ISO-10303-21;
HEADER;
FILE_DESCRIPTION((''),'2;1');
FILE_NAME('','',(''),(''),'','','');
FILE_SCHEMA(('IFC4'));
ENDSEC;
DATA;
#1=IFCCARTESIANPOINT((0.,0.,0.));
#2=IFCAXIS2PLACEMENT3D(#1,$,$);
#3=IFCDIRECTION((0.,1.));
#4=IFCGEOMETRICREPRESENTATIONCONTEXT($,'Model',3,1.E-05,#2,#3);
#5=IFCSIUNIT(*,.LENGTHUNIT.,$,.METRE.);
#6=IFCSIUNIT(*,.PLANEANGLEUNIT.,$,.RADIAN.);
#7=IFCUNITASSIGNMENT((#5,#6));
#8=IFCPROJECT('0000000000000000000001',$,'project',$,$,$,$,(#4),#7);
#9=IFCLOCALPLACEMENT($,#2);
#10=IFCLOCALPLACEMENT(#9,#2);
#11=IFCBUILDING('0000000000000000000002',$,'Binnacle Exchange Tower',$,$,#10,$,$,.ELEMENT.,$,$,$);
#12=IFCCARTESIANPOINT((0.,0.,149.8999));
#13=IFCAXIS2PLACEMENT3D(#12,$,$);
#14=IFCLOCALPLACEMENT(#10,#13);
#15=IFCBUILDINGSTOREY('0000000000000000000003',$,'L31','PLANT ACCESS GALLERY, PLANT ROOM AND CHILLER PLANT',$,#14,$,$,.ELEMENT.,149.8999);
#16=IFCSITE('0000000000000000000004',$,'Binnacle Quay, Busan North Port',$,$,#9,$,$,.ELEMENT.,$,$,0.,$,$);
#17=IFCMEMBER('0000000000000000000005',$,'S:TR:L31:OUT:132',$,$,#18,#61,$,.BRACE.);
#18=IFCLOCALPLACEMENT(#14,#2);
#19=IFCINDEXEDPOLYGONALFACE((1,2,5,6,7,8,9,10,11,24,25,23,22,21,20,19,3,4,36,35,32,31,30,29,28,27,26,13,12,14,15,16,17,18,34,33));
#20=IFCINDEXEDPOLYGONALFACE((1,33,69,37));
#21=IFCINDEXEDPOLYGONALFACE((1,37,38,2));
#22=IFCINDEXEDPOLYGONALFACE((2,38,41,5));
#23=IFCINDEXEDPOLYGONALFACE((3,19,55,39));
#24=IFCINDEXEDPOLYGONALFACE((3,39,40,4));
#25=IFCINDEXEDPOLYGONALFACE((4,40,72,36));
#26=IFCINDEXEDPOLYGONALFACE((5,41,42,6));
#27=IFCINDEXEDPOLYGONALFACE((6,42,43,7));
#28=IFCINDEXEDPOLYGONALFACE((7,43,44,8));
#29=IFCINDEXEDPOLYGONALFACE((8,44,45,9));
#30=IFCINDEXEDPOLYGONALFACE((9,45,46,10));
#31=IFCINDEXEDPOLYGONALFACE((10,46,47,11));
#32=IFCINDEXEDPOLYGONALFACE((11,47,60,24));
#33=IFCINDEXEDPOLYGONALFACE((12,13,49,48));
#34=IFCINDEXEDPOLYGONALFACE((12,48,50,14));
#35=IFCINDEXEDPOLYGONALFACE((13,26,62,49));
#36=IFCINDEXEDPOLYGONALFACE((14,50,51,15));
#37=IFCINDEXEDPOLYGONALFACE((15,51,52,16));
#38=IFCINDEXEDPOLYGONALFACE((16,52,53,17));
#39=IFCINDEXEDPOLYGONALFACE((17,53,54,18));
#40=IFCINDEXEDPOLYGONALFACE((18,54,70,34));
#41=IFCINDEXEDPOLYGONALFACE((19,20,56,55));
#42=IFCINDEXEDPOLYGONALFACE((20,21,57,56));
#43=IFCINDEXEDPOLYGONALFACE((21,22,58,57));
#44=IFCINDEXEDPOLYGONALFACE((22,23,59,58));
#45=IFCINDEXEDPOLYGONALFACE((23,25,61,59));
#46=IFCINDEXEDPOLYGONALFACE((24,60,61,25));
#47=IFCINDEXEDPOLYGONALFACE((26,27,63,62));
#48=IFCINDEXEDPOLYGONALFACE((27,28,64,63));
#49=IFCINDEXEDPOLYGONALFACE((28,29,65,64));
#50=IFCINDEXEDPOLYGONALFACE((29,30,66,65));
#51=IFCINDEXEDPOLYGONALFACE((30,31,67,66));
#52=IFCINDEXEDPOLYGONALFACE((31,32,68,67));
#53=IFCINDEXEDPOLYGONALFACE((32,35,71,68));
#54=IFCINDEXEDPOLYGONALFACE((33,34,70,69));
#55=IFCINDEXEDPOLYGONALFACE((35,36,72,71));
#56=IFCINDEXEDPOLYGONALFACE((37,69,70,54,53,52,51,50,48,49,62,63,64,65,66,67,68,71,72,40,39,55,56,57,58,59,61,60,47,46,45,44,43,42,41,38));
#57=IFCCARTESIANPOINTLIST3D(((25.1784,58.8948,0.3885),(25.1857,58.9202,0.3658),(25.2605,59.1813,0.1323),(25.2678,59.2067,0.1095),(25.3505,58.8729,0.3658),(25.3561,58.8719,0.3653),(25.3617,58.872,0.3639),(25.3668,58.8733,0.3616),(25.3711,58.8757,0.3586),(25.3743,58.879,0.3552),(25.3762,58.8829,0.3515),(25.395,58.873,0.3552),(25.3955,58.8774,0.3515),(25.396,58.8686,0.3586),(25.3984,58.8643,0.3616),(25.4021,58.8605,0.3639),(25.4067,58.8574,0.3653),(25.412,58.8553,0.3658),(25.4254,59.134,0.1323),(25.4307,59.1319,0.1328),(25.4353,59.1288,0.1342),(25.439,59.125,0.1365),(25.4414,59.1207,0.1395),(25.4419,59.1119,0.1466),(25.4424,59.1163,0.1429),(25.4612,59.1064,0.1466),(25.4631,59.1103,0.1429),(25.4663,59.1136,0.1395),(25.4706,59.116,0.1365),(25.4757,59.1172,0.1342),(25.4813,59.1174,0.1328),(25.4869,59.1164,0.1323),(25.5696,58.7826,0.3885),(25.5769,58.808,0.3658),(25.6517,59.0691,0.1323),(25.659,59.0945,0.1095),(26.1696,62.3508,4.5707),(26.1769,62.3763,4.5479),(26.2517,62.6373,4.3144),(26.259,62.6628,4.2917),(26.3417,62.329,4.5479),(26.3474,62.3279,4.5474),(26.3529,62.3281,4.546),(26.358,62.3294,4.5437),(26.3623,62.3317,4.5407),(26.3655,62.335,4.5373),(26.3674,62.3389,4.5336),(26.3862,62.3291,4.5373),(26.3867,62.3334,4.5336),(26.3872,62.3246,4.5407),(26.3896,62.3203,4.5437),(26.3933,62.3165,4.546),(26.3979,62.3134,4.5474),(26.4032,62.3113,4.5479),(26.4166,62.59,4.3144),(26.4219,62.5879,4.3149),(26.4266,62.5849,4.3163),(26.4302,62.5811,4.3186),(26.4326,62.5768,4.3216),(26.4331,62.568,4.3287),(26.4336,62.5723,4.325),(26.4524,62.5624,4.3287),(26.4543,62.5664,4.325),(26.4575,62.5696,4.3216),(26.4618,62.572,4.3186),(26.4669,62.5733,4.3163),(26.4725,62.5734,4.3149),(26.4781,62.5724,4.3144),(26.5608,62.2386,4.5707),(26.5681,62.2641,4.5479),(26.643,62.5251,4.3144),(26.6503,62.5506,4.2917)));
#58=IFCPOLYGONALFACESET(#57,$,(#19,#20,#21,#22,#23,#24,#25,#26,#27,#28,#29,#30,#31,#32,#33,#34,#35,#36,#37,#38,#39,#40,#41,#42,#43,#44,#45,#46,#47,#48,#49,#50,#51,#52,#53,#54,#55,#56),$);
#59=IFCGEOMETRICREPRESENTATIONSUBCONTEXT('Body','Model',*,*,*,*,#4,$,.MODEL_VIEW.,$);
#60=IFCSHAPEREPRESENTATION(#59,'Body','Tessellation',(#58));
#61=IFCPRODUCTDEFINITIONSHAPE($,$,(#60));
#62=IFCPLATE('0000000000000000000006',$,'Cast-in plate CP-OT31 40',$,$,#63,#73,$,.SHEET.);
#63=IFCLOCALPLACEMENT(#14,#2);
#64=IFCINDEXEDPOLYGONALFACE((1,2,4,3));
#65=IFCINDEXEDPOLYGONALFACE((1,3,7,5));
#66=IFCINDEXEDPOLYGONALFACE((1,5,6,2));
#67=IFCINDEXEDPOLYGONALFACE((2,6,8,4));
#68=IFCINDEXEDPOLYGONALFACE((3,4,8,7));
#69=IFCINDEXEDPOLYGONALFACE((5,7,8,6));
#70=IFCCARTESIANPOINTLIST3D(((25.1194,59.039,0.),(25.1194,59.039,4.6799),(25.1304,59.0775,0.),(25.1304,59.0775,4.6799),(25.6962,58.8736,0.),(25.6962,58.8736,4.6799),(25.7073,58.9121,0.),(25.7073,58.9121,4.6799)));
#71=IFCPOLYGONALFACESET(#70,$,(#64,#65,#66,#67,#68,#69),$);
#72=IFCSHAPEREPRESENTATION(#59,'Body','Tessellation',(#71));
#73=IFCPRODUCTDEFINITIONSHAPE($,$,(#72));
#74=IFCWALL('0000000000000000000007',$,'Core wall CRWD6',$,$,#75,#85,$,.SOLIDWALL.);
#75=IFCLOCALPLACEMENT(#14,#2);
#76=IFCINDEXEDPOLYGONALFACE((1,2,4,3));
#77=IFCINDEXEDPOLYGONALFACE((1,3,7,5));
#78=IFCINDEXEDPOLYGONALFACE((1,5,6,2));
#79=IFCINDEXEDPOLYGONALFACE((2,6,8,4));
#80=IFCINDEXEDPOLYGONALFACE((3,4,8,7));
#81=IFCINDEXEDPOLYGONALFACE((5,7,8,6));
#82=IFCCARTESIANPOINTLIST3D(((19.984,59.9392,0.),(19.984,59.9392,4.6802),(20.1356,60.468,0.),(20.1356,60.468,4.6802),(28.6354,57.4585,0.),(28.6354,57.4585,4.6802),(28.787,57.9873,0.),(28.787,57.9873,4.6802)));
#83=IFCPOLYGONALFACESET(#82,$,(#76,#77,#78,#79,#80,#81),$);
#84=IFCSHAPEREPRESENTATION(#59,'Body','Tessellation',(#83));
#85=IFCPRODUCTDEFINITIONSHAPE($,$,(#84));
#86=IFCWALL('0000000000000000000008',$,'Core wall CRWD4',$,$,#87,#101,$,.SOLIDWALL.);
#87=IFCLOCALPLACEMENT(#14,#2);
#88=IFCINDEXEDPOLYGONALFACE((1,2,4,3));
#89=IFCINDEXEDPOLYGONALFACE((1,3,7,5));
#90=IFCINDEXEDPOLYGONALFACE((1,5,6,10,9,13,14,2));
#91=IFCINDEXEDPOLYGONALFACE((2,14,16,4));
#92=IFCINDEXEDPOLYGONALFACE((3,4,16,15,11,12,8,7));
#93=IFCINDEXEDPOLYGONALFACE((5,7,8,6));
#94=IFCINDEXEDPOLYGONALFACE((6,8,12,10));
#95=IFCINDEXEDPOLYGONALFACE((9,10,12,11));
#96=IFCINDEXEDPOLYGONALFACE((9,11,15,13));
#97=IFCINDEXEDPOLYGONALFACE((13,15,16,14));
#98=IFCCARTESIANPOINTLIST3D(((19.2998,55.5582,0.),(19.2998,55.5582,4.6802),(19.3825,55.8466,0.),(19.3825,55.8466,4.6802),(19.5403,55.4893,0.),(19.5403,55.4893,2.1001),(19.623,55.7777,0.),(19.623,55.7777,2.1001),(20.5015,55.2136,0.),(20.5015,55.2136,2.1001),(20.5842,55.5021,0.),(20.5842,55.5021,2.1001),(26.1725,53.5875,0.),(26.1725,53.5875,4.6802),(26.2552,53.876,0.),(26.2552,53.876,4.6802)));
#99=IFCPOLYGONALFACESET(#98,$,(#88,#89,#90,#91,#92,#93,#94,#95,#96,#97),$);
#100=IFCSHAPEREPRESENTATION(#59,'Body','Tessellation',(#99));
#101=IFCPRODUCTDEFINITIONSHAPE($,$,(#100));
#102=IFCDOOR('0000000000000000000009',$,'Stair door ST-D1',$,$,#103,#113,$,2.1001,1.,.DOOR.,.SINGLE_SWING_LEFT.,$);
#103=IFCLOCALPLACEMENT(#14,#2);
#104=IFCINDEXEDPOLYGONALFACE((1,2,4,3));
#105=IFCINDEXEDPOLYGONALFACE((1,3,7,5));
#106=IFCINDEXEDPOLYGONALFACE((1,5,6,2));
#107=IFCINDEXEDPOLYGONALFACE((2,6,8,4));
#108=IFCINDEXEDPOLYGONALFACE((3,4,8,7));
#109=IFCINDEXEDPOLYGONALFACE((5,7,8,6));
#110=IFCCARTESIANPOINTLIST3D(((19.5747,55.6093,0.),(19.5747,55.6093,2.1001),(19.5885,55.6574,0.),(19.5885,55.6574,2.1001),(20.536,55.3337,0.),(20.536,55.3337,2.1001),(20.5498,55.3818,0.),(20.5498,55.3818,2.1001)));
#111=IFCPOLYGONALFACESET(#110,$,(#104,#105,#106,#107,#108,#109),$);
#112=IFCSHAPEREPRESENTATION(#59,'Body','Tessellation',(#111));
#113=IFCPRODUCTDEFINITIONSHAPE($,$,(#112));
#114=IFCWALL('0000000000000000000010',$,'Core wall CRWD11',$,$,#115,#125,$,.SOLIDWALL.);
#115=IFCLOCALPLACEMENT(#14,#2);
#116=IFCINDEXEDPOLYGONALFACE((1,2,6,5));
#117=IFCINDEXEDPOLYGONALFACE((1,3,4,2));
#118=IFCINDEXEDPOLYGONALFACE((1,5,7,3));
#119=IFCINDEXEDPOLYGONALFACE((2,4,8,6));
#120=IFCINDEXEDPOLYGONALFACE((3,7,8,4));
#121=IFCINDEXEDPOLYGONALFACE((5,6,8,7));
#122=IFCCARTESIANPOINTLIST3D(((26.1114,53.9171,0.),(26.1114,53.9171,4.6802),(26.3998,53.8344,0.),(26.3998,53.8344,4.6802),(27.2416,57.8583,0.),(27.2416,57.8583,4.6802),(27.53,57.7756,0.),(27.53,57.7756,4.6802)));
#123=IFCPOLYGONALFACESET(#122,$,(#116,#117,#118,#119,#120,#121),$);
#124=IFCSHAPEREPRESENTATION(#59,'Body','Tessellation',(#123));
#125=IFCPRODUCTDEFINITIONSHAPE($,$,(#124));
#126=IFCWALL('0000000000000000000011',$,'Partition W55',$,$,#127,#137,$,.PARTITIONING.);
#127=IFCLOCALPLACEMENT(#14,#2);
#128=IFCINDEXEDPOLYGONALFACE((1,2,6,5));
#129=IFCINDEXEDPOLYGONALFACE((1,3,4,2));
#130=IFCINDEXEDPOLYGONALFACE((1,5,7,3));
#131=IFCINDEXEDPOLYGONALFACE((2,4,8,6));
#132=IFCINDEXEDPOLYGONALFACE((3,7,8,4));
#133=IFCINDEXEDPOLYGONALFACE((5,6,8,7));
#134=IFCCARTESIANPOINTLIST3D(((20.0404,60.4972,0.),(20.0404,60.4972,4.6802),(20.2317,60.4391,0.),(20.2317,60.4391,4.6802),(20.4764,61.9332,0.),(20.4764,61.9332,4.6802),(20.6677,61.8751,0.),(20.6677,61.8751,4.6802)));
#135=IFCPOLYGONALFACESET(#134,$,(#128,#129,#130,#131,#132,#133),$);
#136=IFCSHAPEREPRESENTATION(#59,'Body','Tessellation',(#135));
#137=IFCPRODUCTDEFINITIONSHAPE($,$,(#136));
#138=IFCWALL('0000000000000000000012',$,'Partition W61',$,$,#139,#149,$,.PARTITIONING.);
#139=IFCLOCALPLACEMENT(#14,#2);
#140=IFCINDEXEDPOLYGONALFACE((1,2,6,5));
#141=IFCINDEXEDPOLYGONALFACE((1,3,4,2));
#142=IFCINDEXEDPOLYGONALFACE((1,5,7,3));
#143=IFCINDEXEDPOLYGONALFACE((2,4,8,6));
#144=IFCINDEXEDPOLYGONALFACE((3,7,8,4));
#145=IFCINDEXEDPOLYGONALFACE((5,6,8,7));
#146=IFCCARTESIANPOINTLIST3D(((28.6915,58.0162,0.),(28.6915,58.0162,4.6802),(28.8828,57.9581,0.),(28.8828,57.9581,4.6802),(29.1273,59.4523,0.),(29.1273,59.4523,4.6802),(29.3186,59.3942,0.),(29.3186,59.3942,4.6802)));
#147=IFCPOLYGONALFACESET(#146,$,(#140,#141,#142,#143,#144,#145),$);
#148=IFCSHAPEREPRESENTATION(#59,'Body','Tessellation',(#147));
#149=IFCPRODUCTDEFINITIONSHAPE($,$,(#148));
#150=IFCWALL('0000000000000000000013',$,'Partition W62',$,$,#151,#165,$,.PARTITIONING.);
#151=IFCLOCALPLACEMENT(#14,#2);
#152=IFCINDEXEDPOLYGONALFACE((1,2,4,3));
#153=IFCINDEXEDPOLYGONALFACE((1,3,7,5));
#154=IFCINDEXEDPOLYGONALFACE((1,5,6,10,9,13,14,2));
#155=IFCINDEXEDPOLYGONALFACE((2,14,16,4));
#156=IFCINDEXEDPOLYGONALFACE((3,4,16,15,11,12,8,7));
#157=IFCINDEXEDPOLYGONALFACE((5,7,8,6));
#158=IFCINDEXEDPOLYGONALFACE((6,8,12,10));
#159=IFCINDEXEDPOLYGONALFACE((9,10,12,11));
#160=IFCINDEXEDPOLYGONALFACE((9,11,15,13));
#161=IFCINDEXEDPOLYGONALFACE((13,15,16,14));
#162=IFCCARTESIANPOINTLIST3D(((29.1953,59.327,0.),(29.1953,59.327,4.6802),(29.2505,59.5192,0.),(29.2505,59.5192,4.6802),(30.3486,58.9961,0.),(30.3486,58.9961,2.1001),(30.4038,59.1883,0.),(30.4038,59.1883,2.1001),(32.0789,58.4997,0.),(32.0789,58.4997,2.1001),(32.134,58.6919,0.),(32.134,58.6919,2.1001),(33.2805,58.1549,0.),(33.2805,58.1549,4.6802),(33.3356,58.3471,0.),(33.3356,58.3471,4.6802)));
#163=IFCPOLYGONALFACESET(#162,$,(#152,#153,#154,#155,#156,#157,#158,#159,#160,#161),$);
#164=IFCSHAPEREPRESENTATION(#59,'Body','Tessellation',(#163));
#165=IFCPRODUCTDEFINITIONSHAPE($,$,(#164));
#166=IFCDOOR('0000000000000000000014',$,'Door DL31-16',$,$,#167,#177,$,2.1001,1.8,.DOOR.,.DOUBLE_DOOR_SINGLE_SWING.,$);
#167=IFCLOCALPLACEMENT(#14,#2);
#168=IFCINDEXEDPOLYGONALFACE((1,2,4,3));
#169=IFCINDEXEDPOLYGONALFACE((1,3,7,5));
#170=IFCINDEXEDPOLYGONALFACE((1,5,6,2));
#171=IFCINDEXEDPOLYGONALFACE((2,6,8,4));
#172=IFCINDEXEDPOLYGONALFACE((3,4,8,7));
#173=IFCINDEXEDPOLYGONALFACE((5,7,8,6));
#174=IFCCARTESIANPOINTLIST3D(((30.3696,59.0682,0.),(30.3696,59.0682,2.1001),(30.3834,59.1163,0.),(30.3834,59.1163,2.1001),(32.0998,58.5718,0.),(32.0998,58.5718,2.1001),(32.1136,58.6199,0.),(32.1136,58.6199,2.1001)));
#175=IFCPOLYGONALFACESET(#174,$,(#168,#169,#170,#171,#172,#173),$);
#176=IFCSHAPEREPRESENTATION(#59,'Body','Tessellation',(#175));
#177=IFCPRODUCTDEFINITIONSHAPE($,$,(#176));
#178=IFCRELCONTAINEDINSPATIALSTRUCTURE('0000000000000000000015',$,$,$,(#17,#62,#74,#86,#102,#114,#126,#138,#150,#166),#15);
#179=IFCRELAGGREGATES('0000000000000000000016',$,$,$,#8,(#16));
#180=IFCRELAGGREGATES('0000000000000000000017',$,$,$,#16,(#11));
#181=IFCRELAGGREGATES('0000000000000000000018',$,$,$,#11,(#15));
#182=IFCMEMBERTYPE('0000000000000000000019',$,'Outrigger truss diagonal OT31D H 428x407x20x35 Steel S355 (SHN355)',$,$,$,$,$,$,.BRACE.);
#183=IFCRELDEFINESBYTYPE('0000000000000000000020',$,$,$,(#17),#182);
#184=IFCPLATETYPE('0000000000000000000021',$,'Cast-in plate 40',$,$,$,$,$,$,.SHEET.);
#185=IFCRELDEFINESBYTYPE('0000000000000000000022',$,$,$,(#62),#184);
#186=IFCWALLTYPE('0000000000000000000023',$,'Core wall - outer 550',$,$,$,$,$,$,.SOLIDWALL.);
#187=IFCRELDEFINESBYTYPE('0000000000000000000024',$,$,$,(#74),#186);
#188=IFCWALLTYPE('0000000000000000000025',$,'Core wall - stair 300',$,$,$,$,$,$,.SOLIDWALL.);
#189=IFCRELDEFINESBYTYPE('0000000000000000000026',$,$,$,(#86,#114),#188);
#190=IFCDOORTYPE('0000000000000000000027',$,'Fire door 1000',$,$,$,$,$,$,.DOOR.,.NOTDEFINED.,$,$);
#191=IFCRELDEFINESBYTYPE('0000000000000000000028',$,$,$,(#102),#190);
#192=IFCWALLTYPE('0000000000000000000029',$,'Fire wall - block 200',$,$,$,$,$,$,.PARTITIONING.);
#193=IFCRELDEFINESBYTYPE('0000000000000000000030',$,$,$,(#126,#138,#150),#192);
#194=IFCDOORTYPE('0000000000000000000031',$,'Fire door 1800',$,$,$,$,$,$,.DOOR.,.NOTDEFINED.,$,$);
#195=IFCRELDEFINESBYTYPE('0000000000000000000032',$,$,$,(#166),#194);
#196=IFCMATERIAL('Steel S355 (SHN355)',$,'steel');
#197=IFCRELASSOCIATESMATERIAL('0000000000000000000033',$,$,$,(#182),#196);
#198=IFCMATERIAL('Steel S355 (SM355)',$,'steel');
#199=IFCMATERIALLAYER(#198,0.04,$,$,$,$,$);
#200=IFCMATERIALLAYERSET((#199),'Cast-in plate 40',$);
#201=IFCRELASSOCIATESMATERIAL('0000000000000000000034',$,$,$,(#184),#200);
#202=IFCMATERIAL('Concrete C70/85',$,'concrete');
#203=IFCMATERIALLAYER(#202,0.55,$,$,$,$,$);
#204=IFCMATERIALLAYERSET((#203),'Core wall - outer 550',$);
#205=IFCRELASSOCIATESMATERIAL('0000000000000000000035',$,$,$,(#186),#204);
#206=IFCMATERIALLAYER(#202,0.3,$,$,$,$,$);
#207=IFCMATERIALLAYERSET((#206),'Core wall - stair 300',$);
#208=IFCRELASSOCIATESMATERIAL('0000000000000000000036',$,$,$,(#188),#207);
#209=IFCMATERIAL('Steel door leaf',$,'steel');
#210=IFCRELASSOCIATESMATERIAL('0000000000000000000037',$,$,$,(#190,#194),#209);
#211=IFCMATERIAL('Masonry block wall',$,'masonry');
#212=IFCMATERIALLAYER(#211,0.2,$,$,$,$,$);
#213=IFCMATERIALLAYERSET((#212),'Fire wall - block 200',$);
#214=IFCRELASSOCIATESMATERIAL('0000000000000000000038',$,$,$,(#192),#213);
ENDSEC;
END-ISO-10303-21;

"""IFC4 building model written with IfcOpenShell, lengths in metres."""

from ifc_helpers import new_model, si_unit, direction, frame, frame_2d, origin, origin_2d, place, context, subcontext, project, spatial, rectangle, i_section, extrude, material, layer, layer_set, material_profile, profile_set, type_object, element, fill, save


model = new_model("IFC4")

# Units and contexts
model_context = context("Model", 3, precision=1e-05, world=origin(), true_north=direction((0.0, 1.0)))
body_context = subcontext(model_context, "Body", "Model", "MODEL_VIEW")
ifc_project = project(units=[si_unit("LENGTHUNIT", "METRE"), si_unit("PLANEANGLEUNIT", "RADIAN")], contexts=[model_context])

# Site, building, storey
site_placement = place(None, origin())
site = spatial("IfcSite", under=ifc_project, at=site_placement, Name="Binnacle Quay, Busan North Port", CompositionType="ELEMENT", RefElevation=0.0)
building_placement = place(site_placement, origin())
building = spatial("IfcBuilding", under=site, at=building_placement, Name="Binnacle Exchange Tower", CompositionType="ELEMENT")
storey_placement = place(building_placement, frame((0.0, 0.0, 149.8999)))
storey = spatial("IfcBuildingStorey", under=building, at=storey_placement, Name="L31", Description="PLANT ACCESS GALLERY, PLANT ROOM AND CHILLER PLANT", CompositionType="ELEMENT", Elevation=149.8999)

# Shared definitions
ifc_material_1 = material(Name="Concrete C70/85", Category="concrete")

# Shared definitions
ifc_material_2 = material(Name="Steel S355 (SHN355)", Category="steel")

# Member
ifc_material_profile_1 = material_profile(ifc_material_2, i_section(OverallWidth=0.407, OverallDepth=0.428, WebThickness=0.02, FlangeThickness=0.0349, FilletRadius=0.022, at=origin_2d()), Name="H 428x407x20x35")
ifc_profile_set_1 = profile_set([ifc_material_profile_1], Name="Steel S355 (SHN355)")
member_type_1 = type_object("IfcMemberType", Name="Outrigger truss diagonal OT31D H 428x407x20x35 Steel S355 (SHN355)", PredefinedType="BRACE", material=ifc_profile_set_1)
member_placement = place(storey_placement, frame((26.4099, 62.4507, 4.4312), z_axis=(-0.179725, -0.626646, -0.758297), x_axis=(0.961247, -0.27569, 0.0)))
element("IfcMember", 1, at=member_placement, inside=storey, type_object=member_type_1, Name="S:TR:L31:OUT:132", PredefinedType="BRACE", context=body_context, shape_type="SweptSolid", body=[
    extrude(i_section(OverallWidth=0.407, OverallDepth=0.428, WebThickness=0.02, FlangeThickness=0.0349, FilletRadius=0.022, at=origin_2d()), origin(), (0.0, 0.0, 1.0), 5.5151),
])

# Plate
ifc_material_3 = material(Name="Steel S355 (SM355)", Category="steel")
ifc_layer_1 = layer(ifc_material_3, 0.04)
ifc_layer_set_1 = layer_set([ifc_layer_1], Name="Cast-in plate 40")
plate_type = type_object("IfcPlateType", Name="Cast-in plate 40", PredefinedType="SHEET", material=ifc_layer_set_1)
plate_placement = place(storey_placement, frame((25.4133, 58.9756, 0.0), z_axis=(0.0, 0.0, 1.0), x_axis=(-0.275637, -0.961262, 0.0)))
element("IfcPlate", 2, at=plate_placement, inside=storey, type_object=plate_type, Name="Cast-in plate CP-OT31 40", PredefinedType="SHEET", context=body_context, shape_type="SweptSolid", body=[
    extrude(rectangle(XDim=0.04, YDim=0.6001, at=origin_2d()), origin(), (0.0, 0.0, 1.0), 4.6799),
])

# Wall
ifc_layer_2 = layer(ifc_material_1, 0.55)
ifc_layer_set_2 = layer_set([ifc_layer_2], Name="Core wall - outer 550")
wall_type_1 = type_object("IfcWallType", Name="Core wall - outer 550", PredefinedType="SOLIDWALL", material=ifc_layer_set_2)
wall_1_placement = place(storey_placement, frame((20.0598, 60.2036, 0.0), z_axis=(0.0, 0.0, 1.0), x_axis=(0.961262, -0.275635, 0.0)))
element("IfcWall", 3, at=wall_1_placement, inside=storey, type_object=wall_type_1, Name="Core wall CRWD6", PredefinedType="SOLIDWALL", context=body_context, shape_type="SweptSolid", body=[
    extrude(rectangle(XDim=9.0, YDim=0.55, at=frame_2d((4.5, 0.0))), origin(), (0.0, 0.0, 1.0), 4.6802),
])

# Wall, opening, door
ifc_layer_3 = layer(ifc_material_1, 0.3)
ifc_layer_set_3 = layer_set([ifc_layer_3], Name="Core wall - stair 300")
wall_type_2 = type_object("IfcWallType", Name="Core wall - stair 300", PredefinedType="SOLIDWALL", material=ifc_layer_set_3)
wall_2_placement = place(storey_placement, frame((19.3413, 55.7024, 0.0), z_axis=(0.0, 0.0, 1.0), x_axis=(0.961263, -0.275632, 0.0)))
wall_2 = element("IfcWall", 4, at=wall_2_placement, inside=storey, type_object=wall_type_2, Name="Core wall CRWD4", PredefinedType="SOLIDWALL", context=body_context, shape_type="SweptSolid", body=[
    extrude(rectangle(XDim=7.1497, YDim=0.3, at=frame_2d((3.5747, 0.0))), origin(), (0.0, 0.0, 1.0), 4.6802),
])
opening_1_placement = place(wall_2_placement, frame((0.25, 0.0, 0.0)))
opening_1 = element("IfcOpeningElement", 5, at=opening_1_placement, cuts=wall_2, PredefinedType="OPENING", context=body_context, shape_type="SweptSolid", body=[
    extrude(rectangle(XDim=1.0, YDim=2.1001, at=frame_2d((0.5, 1.05))), frame((0.0, 0.1599, 0.0), z_axis=(0.0, -1.0, 0.0), x_axis=(1.0, 0.0, 0.0)), (0.0, 0.0, 1.0), 0.3201),
])
ifc_material_4 = material(Name="Steel door leaf", Category="steel")
door_type_1 = type_object("IfcDoorType", Name="Fire door 1000", OperationType="NOTDEFINED", PredefinedType="DOOR", material=ifc_material_4)
door_1_placement = place(opening_1_placement, origin())
door_1 = element("IfcDoor", 6, at=door_1_placement, inside=storey, type_object=door_type_1, Name="Stair door ST-D1", OperationType="SINGLE_SWING_LEFT", OverallHeight=2.1001, OverallWidth=1.0, PredefinedType="DOOR", context=body_context, shape_type="SweptSolid", body=[
    extrude(rectangle(XDim=1.0, YDim=2.1001, at=frame_2d((0.5, 1.05))), frame((0.0, 0.0249, 0.0), z_axis=(0.0, -1.0, 0.0), x_axis=(1.0, 0.0, 0.0)), (0.0, 0.0, 1.0), 0.05),
])
fill(opening_1, door_1)

# Walls
wall_3_placement = place(storey_placement, frame((26.2556, 53.8757, 0.0), z_axis=(0.0, 0.0, 1.0), x_axis=(0.275641, 0.961261, 0.0)))
element("IfcWall", 7, at=wall_3_placement, inside=storey, type_object=wall_type_2, Name="Core wall CRWD11", PredefinedType="SOLIDWALL", context=body_context, shape_type="SweptSolid", body=[
    extrude(rectangle(XDim=4.1001, YDim=0.3, at=frame_2d((2.05, 0.0))), origin(), (0.0, 0.0, 1.0), 4.6802),
])
ifc_material_5 = material(Name="Masonry block wall", Category="masonry")
ifc_layer_4 = layer(ifc_material_5, 0.2)
ifc_layer_set_4 = layer_set([ifc_layer_4], Name="Fire wall - block 200")
wall_type_3 = type_object("IfcWallType", Name="Fire wall - block 200", PredefinedType="PARTITIONING", material=ifc_layer_set_4)
for number, where, z_axis, x_axis, name in (
    (8, (20.136, 60.468, 0.0), (0.0, 0.0, 1.0), (0.29054, 0.956863, 0.0), "Partition W55"),
    (9, (28.7871, 57.9871, 0.0), (0.0, 0.0, 1.0), (0.290391, 0.956908, 0.0), "Partition W61"),
):
    element("IfcWall", number, at=place(storey_placement, frame(where, z_axis=z_axis, x_axis=x_axis)), inside=storey, type_object=wall_type_3, Name=name, PredefinedType="PARTITIONING", context=body_context, shape_type="SweptSolid", body=[
        extrude(rectangle(XDim=1.5007, YDim=0.2, at=frame_2d((0.7505, 0.0))), origin(), (0.0, 0.0, 1.0), 4.6802),
    ])

# Wall, opening, door
wall_4_placement = place(storey_placement, frame((29.2229, 59.4231, 0.0), z_axis=(0.0, 0.0, 1.0), x_axis=(0.961218, -0.275791, 0.0)))
wall_4 = element("IfcWall", 10, at=wall_4_placement, inside=storey, type_object=wall_type_3, Name="Partition W62", PredefinedType="PARTITIONING", context=body_context, shape_type="SweptSolid", body=[
    extrude(rectangle(XDim=4.25, YDim=0.2, at=frame_2d((2.125, 0.0))), origin(), (0.0, 0.0, 1.0), 4.6802),
])
opening_2_placement = place(wall_4_placement, frame((1.2, 0.0, 0.0)))
opening_2 = element("IfcOpeningElement", 11, at=opening_2_placement, cuts=wall_4, PredefinedType="OPENING", context=body_context, shape_type="SweptSolid", body=[
    extrude(rectangle(XDim=1.8, YDim=2.1001, at=frame_2d((0.8999, 1.05))), frame((0.0, 0.1099, 0.0), z_axis=(0.0, -1.0, 0.0), x_axis=(1.0, 0.0, 0.0)), (0.0, 0.0, 1.0), 0.22),
])
door_type_2 = type_object("IfcDoorType", Name="Fire door 1800", OperationType="NOTDEFINED", PredefinedType="DOOR", material=ifc_material_4)
door_2_placement = place(opening_2_placement, frame((1.8, 0.0, 0.0), z_axis=(0.0, 0.0, 1.0), x_axis=(-1.0, 0.0, 0.0)))
door_2 = element("IfcDoor", 12, at=door_2_placement, inside=storey, type_object=door_type_2, Name="Door DL31-16", OperationType="DOUBLE_DOOR_SINGLE_SWING", OverallHeight=2.1001, OverallWidth=1.8, PredefinedType="DOOR", context=body_context, shape_type="SweptSolid", body=[
    extrude(rectangle(XDim=1.8, YDim=2.1001, at=frame_2d((0.8999, 1.05))), frame((0.0, 0.0249, 0.0), z_axis=(0.0, -1.0, 0.0), x_axis=(1.0, 0.0, 0.0)), (0.0, 0.0, 1.0), 0.05),
])
fill(opening_2, door_2)

save(model, "model.ifc")
